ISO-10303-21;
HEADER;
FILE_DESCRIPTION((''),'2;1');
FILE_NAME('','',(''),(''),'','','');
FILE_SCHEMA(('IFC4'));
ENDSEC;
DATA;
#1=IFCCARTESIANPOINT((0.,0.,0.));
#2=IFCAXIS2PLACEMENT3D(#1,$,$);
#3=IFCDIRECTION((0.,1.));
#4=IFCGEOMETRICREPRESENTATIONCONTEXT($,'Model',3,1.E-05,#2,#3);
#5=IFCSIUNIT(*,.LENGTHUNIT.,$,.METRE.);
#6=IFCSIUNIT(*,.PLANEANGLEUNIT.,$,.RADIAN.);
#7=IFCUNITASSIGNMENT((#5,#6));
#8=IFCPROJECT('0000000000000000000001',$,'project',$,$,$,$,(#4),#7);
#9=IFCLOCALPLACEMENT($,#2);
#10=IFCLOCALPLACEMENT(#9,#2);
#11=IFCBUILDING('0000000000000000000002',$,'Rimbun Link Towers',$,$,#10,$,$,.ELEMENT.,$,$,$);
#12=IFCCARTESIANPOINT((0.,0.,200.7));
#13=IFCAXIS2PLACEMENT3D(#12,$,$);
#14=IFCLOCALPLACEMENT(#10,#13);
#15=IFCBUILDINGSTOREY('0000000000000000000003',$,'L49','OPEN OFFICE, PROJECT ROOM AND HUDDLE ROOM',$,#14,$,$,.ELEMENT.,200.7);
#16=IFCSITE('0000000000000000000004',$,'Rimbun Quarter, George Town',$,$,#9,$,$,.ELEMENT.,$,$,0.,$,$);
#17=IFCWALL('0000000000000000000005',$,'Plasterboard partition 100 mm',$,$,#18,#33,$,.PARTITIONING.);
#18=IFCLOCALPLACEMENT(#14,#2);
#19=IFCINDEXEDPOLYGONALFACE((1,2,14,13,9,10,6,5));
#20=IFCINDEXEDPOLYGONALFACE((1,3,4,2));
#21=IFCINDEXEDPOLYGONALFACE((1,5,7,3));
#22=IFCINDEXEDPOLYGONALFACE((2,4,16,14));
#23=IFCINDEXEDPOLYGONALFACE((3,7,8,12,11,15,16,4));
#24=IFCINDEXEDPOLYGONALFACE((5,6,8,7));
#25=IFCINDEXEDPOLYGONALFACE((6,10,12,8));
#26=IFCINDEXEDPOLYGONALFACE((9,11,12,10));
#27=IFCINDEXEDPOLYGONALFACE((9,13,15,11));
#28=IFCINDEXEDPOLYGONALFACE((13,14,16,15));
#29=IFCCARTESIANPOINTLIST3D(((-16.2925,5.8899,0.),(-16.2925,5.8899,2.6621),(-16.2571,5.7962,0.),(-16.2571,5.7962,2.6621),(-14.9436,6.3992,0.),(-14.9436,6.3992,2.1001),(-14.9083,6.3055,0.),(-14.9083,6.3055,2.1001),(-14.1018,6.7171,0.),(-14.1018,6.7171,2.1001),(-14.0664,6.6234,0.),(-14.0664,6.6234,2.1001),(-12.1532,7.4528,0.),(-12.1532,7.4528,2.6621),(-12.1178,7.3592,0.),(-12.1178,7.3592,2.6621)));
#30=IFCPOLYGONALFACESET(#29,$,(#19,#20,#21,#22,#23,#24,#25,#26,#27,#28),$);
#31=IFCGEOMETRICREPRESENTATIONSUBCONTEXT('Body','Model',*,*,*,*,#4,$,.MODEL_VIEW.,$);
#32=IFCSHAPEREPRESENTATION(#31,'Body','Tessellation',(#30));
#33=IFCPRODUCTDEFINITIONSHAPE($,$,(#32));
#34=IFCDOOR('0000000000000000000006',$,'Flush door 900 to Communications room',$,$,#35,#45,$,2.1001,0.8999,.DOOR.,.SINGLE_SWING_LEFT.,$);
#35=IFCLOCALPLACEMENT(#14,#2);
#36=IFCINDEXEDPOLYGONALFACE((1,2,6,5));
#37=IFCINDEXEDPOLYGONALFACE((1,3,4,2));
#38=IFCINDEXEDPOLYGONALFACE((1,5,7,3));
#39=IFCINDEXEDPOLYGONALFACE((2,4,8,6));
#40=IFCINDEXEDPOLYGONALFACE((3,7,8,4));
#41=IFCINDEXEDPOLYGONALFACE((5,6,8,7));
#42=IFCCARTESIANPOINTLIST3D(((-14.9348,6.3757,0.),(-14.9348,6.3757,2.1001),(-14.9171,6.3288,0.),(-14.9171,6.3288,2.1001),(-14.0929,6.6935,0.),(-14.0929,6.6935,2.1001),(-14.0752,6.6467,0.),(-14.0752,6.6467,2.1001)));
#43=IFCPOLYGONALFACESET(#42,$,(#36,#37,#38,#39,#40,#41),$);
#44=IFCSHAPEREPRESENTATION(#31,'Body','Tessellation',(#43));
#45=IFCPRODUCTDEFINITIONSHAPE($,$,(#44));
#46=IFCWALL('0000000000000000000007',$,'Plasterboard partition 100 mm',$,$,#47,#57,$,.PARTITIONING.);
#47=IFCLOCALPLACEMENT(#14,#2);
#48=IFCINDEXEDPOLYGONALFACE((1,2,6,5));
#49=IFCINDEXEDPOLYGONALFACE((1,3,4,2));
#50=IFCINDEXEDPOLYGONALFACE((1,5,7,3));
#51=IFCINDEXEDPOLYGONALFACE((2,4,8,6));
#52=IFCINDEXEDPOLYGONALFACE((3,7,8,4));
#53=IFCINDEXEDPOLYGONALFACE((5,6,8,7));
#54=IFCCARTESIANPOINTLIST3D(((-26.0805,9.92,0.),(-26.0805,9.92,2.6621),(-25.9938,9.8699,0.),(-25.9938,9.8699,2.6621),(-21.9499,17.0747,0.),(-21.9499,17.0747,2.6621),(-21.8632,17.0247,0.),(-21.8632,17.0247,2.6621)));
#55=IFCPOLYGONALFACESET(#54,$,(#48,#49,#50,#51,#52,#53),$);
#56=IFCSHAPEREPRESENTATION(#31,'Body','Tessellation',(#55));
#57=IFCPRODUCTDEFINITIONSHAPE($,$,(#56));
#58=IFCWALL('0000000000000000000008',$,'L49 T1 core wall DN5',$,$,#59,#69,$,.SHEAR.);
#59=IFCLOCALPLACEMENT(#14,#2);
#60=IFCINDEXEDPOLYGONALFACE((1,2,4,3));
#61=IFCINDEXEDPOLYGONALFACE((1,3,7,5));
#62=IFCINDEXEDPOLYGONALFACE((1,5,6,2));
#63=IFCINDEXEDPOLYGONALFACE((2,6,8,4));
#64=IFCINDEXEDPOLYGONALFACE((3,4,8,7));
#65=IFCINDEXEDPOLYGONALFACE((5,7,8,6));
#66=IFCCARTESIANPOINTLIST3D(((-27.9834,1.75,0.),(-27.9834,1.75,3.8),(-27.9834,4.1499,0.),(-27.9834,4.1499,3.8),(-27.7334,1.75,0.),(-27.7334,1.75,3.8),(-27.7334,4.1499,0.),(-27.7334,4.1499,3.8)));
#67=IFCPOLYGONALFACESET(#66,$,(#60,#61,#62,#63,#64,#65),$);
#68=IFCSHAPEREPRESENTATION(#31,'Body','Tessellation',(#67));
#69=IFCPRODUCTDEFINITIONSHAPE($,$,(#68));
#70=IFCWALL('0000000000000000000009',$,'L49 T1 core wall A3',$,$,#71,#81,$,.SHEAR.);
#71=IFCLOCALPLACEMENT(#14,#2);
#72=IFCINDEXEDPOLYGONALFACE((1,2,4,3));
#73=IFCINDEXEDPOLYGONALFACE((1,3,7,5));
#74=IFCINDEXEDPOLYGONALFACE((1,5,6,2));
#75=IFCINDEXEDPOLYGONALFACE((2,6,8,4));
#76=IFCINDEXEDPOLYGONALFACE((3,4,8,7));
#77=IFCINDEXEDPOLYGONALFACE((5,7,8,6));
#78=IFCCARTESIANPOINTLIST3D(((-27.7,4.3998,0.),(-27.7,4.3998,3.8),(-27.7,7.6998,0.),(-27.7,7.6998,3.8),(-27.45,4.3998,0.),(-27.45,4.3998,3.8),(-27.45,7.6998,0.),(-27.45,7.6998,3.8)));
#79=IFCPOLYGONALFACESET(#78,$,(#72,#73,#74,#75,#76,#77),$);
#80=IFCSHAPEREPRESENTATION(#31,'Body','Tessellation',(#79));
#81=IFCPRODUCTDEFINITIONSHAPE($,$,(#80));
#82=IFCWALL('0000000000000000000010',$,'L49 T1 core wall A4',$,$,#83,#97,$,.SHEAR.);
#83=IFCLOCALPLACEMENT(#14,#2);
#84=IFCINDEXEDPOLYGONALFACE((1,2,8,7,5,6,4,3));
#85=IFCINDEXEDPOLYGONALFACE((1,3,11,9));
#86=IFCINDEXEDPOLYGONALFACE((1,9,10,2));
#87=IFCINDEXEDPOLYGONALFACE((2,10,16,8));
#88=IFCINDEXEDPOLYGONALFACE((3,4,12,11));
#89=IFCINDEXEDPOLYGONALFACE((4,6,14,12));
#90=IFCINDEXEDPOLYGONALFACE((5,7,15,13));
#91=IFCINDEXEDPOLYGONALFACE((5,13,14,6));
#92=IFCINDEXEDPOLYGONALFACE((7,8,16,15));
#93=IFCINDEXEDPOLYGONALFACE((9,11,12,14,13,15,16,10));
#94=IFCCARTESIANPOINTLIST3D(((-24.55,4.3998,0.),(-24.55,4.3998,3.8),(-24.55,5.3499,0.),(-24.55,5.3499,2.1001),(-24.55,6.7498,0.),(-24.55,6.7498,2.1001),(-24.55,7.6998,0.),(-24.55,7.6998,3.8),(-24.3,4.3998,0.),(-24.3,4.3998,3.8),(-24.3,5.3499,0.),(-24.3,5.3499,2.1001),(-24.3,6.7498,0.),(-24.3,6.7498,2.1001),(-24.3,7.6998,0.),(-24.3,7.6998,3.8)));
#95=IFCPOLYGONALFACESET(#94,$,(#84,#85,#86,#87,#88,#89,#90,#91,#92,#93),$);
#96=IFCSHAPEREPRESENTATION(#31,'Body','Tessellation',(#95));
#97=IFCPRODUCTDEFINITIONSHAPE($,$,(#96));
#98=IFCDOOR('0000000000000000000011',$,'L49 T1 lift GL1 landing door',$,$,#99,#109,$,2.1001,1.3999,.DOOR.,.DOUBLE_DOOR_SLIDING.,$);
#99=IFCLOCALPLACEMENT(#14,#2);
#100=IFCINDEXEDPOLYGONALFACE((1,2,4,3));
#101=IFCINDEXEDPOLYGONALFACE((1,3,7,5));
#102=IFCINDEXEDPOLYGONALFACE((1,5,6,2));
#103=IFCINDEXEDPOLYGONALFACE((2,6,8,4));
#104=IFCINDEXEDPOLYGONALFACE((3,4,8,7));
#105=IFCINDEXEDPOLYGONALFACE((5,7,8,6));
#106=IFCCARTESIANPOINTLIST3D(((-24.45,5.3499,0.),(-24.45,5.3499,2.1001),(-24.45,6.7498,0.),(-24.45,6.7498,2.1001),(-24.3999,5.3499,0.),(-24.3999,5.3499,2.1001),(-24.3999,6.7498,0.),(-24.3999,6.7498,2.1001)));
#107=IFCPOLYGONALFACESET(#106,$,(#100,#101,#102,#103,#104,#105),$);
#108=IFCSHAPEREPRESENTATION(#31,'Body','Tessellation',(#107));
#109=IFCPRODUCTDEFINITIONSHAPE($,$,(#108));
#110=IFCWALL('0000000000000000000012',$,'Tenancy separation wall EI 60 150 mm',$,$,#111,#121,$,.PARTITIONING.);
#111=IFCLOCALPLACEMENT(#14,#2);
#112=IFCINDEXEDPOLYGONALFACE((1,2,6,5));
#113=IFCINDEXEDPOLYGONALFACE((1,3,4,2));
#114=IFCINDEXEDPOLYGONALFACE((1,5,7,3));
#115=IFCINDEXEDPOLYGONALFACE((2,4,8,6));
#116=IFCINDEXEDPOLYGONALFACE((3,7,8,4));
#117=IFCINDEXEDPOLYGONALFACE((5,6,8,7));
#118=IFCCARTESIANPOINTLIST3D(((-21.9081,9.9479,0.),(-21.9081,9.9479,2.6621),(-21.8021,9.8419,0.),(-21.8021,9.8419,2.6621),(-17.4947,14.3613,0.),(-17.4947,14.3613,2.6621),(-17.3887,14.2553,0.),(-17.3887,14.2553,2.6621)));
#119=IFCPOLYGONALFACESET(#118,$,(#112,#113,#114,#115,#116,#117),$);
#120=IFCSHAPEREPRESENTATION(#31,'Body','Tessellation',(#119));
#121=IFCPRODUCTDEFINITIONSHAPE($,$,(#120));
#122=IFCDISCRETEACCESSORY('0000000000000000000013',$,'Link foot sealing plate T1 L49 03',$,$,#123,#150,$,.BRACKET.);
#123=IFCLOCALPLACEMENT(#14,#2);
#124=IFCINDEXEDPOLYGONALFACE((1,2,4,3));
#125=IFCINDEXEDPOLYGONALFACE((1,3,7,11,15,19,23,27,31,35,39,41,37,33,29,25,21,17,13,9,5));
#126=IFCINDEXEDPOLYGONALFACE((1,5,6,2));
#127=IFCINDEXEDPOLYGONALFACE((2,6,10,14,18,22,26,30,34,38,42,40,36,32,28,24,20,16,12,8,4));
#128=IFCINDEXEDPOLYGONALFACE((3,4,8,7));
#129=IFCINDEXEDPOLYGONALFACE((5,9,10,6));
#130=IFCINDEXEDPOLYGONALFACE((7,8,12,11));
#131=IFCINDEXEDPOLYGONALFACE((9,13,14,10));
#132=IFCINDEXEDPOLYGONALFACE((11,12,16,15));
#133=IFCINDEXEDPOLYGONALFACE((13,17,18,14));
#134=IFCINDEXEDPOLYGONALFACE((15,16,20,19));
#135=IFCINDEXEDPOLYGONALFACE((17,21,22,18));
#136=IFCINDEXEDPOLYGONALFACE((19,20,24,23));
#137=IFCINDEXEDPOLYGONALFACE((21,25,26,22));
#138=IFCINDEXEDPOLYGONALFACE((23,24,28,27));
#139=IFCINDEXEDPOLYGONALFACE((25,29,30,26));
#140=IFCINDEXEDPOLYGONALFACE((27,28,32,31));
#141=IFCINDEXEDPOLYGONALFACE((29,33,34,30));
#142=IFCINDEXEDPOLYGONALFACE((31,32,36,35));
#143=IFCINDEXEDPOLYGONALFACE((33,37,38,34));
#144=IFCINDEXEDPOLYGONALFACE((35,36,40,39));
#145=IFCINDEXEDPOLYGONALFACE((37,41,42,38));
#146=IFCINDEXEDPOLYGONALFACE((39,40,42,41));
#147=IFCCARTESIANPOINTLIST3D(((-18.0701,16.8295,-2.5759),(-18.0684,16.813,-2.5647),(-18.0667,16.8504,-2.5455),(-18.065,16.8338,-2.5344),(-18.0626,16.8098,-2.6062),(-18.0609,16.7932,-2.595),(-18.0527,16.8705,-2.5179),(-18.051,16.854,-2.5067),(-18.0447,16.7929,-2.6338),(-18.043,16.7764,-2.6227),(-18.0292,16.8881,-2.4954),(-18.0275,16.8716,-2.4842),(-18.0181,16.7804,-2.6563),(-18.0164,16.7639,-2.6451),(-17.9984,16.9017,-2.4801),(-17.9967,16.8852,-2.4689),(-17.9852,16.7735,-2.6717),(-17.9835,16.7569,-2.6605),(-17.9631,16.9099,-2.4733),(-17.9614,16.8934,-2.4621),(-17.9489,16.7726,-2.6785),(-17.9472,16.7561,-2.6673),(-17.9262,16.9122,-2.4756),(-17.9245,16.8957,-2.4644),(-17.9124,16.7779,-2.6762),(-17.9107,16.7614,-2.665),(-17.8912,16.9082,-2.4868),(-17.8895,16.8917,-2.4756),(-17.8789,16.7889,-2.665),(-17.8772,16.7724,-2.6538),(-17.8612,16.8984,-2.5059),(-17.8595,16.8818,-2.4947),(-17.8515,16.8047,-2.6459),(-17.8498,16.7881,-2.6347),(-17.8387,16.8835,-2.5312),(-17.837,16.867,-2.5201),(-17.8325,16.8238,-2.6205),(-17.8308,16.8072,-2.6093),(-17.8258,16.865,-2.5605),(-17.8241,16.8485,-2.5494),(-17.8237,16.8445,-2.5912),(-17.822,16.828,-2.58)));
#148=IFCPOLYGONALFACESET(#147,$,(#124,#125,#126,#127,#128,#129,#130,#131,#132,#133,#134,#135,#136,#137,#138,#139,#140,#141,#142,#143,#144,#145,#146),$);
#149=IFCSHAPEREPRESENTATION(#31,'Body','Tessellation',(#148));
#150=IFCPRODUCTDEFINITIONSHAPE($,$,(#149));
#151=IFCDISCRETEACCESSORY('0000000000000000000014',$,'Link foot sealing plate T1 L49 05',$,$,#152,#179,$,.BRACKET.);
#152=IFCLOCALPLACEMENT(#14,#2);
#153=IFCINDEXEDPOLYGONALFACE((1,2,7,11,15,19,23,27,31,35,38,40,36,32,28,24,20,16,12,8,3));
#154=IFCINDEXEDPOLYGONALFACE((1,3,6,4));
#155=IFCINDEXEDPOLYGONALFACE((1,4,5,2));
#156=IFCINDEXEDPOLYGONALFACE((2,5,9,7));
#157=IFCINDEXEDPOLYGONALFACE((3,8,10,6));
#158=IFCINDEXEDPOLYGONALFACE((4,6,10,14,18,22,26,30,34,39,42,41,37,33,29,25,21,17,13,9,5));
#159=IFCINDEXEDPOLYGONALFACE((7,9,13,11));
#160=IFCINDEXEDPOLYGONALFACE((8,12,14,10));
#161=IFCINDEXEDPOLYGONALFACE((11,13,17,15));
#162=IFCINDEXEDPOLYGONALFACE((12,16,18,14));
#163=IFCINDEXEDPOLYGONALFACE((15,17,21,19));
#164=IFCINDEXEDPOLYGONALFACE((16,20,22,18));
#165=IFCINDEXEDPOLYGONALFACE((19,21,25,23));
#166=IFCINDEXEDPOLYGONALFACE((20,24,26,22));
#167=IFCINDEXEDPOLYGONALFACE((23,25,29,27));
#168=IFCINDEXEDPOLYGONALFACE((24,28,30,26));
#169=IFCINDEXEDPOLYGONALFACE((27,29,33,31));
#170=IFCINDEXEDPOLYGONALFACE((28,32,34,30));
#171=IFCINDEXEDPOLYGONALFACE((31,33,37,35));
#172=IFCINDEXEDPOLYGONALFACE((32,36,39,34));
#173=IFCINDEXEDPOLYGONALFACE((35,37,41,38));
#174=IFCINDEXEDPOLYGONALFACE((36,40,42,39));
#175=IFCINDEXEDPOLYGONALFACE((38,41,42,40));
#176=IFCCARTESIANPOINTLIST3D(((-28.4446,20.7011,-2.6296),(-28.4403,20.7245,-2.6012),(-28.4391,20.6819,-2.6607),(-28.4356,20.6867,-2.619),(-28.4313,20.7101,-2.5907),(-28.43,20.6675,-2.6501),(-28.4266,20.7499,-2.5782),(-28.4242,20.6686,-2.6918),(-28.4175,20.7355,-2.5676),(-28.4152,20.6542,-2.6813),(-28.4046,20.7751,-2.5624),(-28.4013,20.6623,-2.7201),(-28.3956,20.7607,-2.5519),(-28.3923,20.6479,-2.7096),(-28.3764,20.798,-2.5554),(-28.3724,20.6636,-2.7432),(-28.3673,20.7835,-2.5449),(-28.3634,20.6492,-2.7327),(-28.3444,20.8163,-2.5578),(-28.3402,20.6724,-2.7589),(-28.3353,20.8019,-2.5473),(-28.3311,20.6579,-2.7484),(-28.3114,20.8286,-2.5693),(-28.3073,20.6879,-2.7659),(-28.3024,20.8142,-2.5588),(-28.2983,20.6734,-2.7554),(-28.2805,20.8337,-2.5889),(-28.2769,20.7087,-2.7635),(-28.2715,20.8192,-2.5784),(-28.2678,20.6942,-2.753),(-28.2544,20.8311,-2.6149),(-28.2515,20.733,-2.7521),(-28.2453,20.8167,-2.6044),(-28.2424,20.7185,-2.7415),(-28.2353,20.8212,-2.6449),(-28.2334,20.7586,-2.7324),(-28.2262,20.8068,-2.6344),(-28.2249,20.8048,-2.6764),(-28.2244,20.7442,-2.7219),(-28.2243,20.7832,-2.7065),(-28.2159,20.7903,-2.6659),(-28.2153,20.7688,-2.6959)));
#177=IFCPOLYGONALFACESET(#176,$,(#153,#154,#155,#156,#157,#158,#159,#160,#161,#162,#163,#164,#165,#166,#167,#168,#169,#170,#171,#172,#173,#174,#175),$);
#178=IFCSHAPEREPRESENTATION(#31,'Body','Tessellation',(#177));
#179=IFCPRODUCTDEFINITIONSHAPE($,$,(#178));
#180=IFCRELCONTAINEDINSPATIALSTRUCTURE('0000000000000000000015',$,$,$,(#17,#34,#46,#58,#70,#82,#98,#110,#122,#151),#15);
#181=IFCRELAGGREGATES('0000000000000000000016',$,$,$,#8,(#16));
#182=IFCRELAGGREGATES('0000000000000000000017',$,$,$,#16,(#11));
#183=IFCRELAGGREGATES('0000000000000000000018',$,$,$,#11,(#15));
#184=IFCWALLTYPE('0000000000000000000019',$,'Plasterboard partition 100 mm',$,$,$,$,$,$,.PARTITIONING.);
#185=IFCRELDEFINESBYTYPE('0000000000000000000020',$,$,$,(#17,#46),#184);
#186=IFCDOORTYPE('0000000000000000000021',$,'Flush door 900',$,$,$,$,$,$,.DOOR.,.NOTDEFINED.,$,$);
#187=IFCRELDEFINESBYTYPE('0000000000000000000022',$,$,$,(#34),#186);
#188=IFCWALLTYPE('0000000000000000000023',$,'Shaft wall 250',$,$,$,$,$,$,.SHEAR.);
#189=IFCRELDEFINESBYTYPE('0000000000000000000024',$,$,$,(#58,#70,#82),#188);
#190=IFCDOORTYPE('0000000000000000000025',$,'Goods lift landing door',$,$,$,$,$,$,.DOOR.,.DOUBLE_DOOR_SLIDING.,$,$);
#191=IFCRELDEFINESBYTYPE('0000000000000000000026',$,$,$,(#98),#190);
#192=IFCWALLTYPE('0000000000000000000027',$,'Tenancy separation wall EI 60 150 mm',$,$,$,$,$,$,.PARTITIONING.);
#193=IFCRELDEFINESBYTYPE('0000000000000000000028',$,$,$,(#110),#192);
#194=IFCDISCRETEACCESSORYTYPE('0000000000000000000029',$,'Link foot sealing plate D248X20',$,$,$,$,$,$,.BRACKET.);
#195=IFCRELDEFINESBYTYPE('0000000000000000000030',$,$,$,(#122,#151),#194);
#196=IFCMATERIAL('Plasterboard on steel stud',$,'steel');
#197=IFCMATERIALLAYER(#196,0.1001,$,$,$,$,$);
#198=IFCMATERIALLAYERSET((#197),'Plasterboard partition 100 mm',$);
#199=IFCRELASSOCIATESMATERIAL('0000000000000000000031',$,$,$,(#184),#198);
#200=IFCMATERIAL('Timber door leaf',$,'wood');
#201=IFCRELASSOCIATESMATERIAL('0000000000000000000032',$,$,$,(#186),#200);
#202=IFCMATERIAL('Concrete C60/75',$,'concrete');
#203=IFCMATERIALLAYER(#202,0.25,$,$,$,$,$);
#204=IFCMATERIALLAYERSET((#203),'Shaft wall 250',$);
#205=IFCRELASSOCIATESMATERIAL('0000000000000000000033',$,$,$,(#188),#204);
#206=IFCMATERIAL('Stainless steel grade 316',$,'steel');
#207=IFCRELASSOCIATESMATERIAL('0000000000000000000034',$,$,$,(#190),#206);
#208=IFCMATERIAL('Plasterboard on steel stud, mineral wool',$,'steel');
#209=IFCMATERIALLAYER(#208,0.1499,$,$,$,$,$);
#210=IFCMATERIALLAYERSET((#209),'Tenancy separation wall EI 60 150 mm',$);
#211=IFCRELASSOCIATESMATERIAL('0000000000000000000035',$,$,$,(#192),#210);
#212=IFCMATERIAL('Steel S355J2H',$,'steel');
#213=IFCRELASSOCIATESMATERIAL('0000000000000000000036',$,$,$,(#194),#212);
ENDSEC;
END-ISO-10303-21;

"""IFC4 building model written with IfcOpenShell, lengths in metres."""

from ifc_helpers import new_model, si_unit, direction, frame, frame_2d, origin, origin_2d, place, context, subcontext, project, spatial, rectangle, circle, extrude, material, layer, layer_set, material_profile, profile_set, type_object, element, fill, save


model = new_model("IFC4")

# Units and contexts
model_context = context("Model", 3, precision=1e-05, world=origin(), true_north=direction((0.0, 1.0)))
body_context = subcontext(model_context, "Body", "Model", "MODEL_VIEW")
ifc_project = project(units=[si_unit("LENGTHUNIT", "METRE"), si_unit("PLANEANGLEUNIT", "RADIAN")], contexts=[model_context])

# Site, building, storey
site_placement = place(None, origin())
site = spatial("IfcSite", under=ifc_project, at=site_placement, Name="Rimbun Quarter, George Town", CompositionType="ELEMENT", RefElevation=0.0)
building_placement = place(site_placement, origin())
building = spatial("IfcBuilding", under=site, at=building_placement, Name="Rimbun Link Towers", CompositionType="ELEMENT")
storey_placement = place(building_placement, frame((0.0, 0.0, 200.7)))
storey = spatial("IfcBuildingStorey", under=building, at=storey_placement, Name="L49", Description="OPEN OFFICE, PROJECT ROOM AND HUDDLE ROOM", CompositionType="ELEMENT", Elevation=200.7)

# Wall, opening, door
ifc_material_1 = material(Name="Plasterboard on steel stud", Category="steel")
ifc_layer_1 = layer(ifc_material_1, 0.1001)
ifc_layer_set_1 = layer_set([ifc_layer_1], Name="Plasterboard partition 100 mm")
wall_type_1 = type_object("IfcWallType", Name="Plasterboard partition 100 mm", PredefinedType="PARTITIONING", material=ifc_layer_set_1)
ifc_material_2 = material(Name="Timber door leaf", Category="wood")
door_type_1 = type_object("IfcDoorType", Name="Flush door 900", OperationType="NOTDEFINED", PredefinedType="DOOR", material=ifc_material_2)
wall_1_placement = place(storey_placement, frame((-16.2749, 5.843, 0.0), z_axis=(0.0, 0.0, 1.0), x_axis=(0.935531, 0.353245, 0.0)))
wall_1 = element("IfcWall", 1, at=wall_1_placement, inside=storey, type_object=wall_type_1, Name="Plasterboard partition 100 mm", PredefinedType="PARTITIONING", context=body_context, shape_type="SweptSolid", body=[
    extrude(rectangle(XDim=4.4246, YDim=0.1001, at=frame_2d((2.2124, 0.0))), origin(), (0.0, 0.0, 1.0), 2.6621),
])
opening_1_placement = place(wall_1_placement, frame((1.4419, 0.0, 0.0)))
opening_1 = element("IfcOpeningElement", 2, at=opening_1_placement, cuts=wall_1, PredefinedType="OPENING", context=body_context, shape_type="SweptSolid", body=[
    extrude(rectangle(XDim=0.8999, YDim=2.1001, at=frame_2d((0.45, 1.05))), frame((0.0, 0.0601, 0.0), z_axis=(0.0, -1.0, 0.0), x_axis=(1.0, 0.0, 0.0)), (0.0, 0.0, 1.0), 0.1201),
])
door_1_placement = place(opening_1_placement, origin())
door_1 = element("IfcDoor", 3, at=door_1_placement, inside=storey, type_object=door_type_1, Name="Flush door 900 to Communications room", OperationType="SINGLE_SWING_LEFT", OverallHeight=2.1001, OverallWidth=0.8999, PredefinedType="DOOR", context=body_context, shape_type="SweptSolid", body=[
    extrude(rectangle(XDim=0.8999, YDim=2.1001, at=frame_2d((0.45, 1.05))), frame((0.0, 0.0249, 0.0), z_axis=(0.0, -1.0, 0.0), x_axis=(1.0, 0.0, 0.0)), (0.0, 0.0, 1.0), 0.05),
])
fill(opening_1, door_1)

# Walls
wall_2_placement = place(storey_placement, frame((-21.9065, 17.0498, 0.0), z_axis=(0.0, 0.0, 1.0), x_axis=(-0.499982, -0.866036, 0.0)))
element("IfcWall", 4, at=wall_2_placement, inside=storey, type_object=wall_type_1, Name="Plasterboard partition 100 mm", PredefinedType="PARTITIONING", context=body_context, shape_type="SweptSolid", body=[
    extrude(rectangle(XDim=8.2615, YDim=0.1001, at=frame_2d((4.1309, 0.0))), origin(), (0.0, 0.0, 1.0), 2.6621),
])
ifc_material_3 = material(Name="Concrete C60/75", Category="concrete")
ifc_layer_2 = layer(ifc_material_3, 0.25)
ifc_layer_set_2 = layer_set([ifc_layer_2], Name="Shaft wall 250")
wall_type_2 = type_object("IfcWallType", Name="Shaft wall 250", PredefinedType="SHEAR", material=ifc_layer_set_2)
wall_3_placement = place(storey_placement, frame((-27.8584, 1.75, 0.0), z_axis=(0.0, 0.0, 1.0), x_axis=(0.0, 1.0, 0.0)))
element("IfcWall", 5, at=wall_3_placement, inside=storey, type_object=wall_type_2, Name="L49 T1 core wall DN5", PredefinedType="SHEAR", context=body_context, shape_type="SweptSolid", body=[
    extrude(rectangle(XDim=2.3999, YDim=0.25, at=frame_2d((1.2, 0.0))), origin(), (0.0, 0.0, 1.0), 3.8),
])
wall_4_placement = place(storey_placement, frame((-27.575, 4.3999, 0.0), z_axis=(0.0, 0.0, 1.0), x_axis=(0.0, 1.0, 0.0)))
element("IfcWall", 6, at=wall_4_placement, inside=storey, type_object=wall_type_2, Name="L49 T1 core wall A3", PredefinedType="SHEAR", context=body_context, shape_type="SweptSolid", body=[
    extrude(rectangle(XDim=3.3, YDim=0.25, at=frame_2d((1.6499, 0.0))), origin(), (0.0, 0.0, 1.0), 3.8),
])

# Wall, opening, door
wall_5_placement = place(storey_placement, frame((-24.425, 4.3999, 0.0), z_axis=(0.0, 0.0, 1.0), x_axis=(0.0, 1.0, 0.0)))
wall_5 = element("IfcWall", 7, at=wall_5_placement, inside=storey, type_object=wall_type_2, Name="L49 T1 core wall A4", PredefinedType="SHEAR", context=body_context, shape_type="SweptSolid", body=[
    extrude(rectangle(XDim=3.3, YDim=0.25, at=frame_2d((1.6499, 0.0))), origin(), (0.0, 0.0, 1.0), 3.8),
])
opening_2_placement = place(wall_5_placement, frame((0.95, 0.0, 0.0)))
opening_2 = element("IfcOpeningElement", 8, at=opening_2_placement, cuts=wall_5, PredefinedType="OPENING", context=body_context, shape_type="SweptSolid", body=[
    extrude(rectangle(XDim=1.3999, YDim=2.1001, at=frame_2d((0.7, 1.05))), frame((0.0, 0.135, 0.0), z_axis=(0.0, -1.0, 0.0), x_axis=(1.0, 0.0, 0.0)), (0.0, 0.0, 1.0), 0.27),
])
ifc_material_4 = material(Name="Stainless steel grade 316", Category="steel")
door_type_2 = type_object("IfcDoorType", Name="Goods lift landing door", OperationType="DOUBLE_DOOR_SLIDING", PredefinedType="DOOR", material=ifc_material_4)
door_2_placement = place(opening_2_placement, origin())
door_2 = element("IfcDoor", 9, at=door_2_placement, inside=storey, type_object=door_type_2, Name="L49 T1 lift GL1 landing door", OperationType="DOUBLE_DOOR_SLIDING", OverallHeight=2.1001, OverallWidth=1.3999, PredefinedType="DOOR", context=body_context, shape_type="SweptSolid", body=[
    extrude(rectangle(XDim=1.3999, YDim=2.1001, at=frame_2d((0.7, 1.05))), frame((0.0, 0.0249, 0.0), z_axis=(0.0, -1.0, 0.0), x_axis=(1.0, 0.0, 0.0)), (0.0, 0.0, 1.0), 0.05),
])
fill(opening_2, door_2)

# Wall
ifc_material_5 = material(Name="Plasterboard on steel stud, mineral wool", Category="steel")
ifc_layer_3 = layer(ifc_material_5, 0.1499)
ifc_layer_set_3 = layer_set([ifc_layer_3], Name="Tenancy separation wall EI 60 150 mm")
wall_type_3 = type_object("IfcWallType", Name="Tenancy separation wall EI 60 150 mm", PredefinedType="PARTITIONING", material=ifc_layer_set_3)
wall_6_placement = place(storey_placement, frame((-21.855, 9.895, 0.0), z_axis=(0.0, 0.0, 1.0), x_axis=(0.707107, 0.707107, 0.0)))
element("IfcWall", 10, at=wall_6_placement, inside=storey, type_object=wall_type_3, Name="Tenancy separation wall EI 60 150 mm", PredefinedType="PARTITIONING", context=body_context, shape_type="SweptSolid", body=[
    extrude(rectangle(XDim=6.2415, YDim=0.1499, at=frame_2d((3.1206, 0.0))), origin(), (0.0, 0.0, 1.0), 2.6621),
])

# Discrete accessories
ifc_material_6 = material(Name="Steel S355J2H", Category="steel")
ifc_material_profile_1 = material_profile(ifc_material_6, circle(Radius=0.124, at=origin_2d()), Name="PL D248")
ifc_profile_set_1 = profile_set([ifc_material_profile_1], Name="Steel S355J2H")
discrete_accessory_type = type_object("IfcDiscreteAccessoryType", Name="Link foot sealing plate D248X20", PredefinedType="BRACKET", material=ifc_profile_set_1)
for number, where, z_axis, x_axis, name in (
    (11, (-17.9451, 16.8257, -2.5647), (-0.084956, 0.825289, -0.558284), (-0.994743, -0.1024, 0.0), "Link foot sealing plate T1 L49 03"),
    (12, (-28.325, 20.7334, -2.6501), (-0.452061, 0.720854, -0.525368), (-0.847191, -0.531289, 0.0), "Link foot sealing plate T1 L49 05"),
):
    element("IfcDiscreteAccessory", number, at=place(storey_placement, frame(where, z_axis=z_axis, x_axis=x_axis)), inside=storey, type_object=discrete_accessory_type, Name=name, PredefinedType="BRACKET", context=body_context, shape_type="SweptSolid", body=[
        extrude(circle(Radius=0.124, at=origin_2d()), origin(), (0.0, 0.0, 1.0), 0.02),
    ])

save(model, "model.ifc")
